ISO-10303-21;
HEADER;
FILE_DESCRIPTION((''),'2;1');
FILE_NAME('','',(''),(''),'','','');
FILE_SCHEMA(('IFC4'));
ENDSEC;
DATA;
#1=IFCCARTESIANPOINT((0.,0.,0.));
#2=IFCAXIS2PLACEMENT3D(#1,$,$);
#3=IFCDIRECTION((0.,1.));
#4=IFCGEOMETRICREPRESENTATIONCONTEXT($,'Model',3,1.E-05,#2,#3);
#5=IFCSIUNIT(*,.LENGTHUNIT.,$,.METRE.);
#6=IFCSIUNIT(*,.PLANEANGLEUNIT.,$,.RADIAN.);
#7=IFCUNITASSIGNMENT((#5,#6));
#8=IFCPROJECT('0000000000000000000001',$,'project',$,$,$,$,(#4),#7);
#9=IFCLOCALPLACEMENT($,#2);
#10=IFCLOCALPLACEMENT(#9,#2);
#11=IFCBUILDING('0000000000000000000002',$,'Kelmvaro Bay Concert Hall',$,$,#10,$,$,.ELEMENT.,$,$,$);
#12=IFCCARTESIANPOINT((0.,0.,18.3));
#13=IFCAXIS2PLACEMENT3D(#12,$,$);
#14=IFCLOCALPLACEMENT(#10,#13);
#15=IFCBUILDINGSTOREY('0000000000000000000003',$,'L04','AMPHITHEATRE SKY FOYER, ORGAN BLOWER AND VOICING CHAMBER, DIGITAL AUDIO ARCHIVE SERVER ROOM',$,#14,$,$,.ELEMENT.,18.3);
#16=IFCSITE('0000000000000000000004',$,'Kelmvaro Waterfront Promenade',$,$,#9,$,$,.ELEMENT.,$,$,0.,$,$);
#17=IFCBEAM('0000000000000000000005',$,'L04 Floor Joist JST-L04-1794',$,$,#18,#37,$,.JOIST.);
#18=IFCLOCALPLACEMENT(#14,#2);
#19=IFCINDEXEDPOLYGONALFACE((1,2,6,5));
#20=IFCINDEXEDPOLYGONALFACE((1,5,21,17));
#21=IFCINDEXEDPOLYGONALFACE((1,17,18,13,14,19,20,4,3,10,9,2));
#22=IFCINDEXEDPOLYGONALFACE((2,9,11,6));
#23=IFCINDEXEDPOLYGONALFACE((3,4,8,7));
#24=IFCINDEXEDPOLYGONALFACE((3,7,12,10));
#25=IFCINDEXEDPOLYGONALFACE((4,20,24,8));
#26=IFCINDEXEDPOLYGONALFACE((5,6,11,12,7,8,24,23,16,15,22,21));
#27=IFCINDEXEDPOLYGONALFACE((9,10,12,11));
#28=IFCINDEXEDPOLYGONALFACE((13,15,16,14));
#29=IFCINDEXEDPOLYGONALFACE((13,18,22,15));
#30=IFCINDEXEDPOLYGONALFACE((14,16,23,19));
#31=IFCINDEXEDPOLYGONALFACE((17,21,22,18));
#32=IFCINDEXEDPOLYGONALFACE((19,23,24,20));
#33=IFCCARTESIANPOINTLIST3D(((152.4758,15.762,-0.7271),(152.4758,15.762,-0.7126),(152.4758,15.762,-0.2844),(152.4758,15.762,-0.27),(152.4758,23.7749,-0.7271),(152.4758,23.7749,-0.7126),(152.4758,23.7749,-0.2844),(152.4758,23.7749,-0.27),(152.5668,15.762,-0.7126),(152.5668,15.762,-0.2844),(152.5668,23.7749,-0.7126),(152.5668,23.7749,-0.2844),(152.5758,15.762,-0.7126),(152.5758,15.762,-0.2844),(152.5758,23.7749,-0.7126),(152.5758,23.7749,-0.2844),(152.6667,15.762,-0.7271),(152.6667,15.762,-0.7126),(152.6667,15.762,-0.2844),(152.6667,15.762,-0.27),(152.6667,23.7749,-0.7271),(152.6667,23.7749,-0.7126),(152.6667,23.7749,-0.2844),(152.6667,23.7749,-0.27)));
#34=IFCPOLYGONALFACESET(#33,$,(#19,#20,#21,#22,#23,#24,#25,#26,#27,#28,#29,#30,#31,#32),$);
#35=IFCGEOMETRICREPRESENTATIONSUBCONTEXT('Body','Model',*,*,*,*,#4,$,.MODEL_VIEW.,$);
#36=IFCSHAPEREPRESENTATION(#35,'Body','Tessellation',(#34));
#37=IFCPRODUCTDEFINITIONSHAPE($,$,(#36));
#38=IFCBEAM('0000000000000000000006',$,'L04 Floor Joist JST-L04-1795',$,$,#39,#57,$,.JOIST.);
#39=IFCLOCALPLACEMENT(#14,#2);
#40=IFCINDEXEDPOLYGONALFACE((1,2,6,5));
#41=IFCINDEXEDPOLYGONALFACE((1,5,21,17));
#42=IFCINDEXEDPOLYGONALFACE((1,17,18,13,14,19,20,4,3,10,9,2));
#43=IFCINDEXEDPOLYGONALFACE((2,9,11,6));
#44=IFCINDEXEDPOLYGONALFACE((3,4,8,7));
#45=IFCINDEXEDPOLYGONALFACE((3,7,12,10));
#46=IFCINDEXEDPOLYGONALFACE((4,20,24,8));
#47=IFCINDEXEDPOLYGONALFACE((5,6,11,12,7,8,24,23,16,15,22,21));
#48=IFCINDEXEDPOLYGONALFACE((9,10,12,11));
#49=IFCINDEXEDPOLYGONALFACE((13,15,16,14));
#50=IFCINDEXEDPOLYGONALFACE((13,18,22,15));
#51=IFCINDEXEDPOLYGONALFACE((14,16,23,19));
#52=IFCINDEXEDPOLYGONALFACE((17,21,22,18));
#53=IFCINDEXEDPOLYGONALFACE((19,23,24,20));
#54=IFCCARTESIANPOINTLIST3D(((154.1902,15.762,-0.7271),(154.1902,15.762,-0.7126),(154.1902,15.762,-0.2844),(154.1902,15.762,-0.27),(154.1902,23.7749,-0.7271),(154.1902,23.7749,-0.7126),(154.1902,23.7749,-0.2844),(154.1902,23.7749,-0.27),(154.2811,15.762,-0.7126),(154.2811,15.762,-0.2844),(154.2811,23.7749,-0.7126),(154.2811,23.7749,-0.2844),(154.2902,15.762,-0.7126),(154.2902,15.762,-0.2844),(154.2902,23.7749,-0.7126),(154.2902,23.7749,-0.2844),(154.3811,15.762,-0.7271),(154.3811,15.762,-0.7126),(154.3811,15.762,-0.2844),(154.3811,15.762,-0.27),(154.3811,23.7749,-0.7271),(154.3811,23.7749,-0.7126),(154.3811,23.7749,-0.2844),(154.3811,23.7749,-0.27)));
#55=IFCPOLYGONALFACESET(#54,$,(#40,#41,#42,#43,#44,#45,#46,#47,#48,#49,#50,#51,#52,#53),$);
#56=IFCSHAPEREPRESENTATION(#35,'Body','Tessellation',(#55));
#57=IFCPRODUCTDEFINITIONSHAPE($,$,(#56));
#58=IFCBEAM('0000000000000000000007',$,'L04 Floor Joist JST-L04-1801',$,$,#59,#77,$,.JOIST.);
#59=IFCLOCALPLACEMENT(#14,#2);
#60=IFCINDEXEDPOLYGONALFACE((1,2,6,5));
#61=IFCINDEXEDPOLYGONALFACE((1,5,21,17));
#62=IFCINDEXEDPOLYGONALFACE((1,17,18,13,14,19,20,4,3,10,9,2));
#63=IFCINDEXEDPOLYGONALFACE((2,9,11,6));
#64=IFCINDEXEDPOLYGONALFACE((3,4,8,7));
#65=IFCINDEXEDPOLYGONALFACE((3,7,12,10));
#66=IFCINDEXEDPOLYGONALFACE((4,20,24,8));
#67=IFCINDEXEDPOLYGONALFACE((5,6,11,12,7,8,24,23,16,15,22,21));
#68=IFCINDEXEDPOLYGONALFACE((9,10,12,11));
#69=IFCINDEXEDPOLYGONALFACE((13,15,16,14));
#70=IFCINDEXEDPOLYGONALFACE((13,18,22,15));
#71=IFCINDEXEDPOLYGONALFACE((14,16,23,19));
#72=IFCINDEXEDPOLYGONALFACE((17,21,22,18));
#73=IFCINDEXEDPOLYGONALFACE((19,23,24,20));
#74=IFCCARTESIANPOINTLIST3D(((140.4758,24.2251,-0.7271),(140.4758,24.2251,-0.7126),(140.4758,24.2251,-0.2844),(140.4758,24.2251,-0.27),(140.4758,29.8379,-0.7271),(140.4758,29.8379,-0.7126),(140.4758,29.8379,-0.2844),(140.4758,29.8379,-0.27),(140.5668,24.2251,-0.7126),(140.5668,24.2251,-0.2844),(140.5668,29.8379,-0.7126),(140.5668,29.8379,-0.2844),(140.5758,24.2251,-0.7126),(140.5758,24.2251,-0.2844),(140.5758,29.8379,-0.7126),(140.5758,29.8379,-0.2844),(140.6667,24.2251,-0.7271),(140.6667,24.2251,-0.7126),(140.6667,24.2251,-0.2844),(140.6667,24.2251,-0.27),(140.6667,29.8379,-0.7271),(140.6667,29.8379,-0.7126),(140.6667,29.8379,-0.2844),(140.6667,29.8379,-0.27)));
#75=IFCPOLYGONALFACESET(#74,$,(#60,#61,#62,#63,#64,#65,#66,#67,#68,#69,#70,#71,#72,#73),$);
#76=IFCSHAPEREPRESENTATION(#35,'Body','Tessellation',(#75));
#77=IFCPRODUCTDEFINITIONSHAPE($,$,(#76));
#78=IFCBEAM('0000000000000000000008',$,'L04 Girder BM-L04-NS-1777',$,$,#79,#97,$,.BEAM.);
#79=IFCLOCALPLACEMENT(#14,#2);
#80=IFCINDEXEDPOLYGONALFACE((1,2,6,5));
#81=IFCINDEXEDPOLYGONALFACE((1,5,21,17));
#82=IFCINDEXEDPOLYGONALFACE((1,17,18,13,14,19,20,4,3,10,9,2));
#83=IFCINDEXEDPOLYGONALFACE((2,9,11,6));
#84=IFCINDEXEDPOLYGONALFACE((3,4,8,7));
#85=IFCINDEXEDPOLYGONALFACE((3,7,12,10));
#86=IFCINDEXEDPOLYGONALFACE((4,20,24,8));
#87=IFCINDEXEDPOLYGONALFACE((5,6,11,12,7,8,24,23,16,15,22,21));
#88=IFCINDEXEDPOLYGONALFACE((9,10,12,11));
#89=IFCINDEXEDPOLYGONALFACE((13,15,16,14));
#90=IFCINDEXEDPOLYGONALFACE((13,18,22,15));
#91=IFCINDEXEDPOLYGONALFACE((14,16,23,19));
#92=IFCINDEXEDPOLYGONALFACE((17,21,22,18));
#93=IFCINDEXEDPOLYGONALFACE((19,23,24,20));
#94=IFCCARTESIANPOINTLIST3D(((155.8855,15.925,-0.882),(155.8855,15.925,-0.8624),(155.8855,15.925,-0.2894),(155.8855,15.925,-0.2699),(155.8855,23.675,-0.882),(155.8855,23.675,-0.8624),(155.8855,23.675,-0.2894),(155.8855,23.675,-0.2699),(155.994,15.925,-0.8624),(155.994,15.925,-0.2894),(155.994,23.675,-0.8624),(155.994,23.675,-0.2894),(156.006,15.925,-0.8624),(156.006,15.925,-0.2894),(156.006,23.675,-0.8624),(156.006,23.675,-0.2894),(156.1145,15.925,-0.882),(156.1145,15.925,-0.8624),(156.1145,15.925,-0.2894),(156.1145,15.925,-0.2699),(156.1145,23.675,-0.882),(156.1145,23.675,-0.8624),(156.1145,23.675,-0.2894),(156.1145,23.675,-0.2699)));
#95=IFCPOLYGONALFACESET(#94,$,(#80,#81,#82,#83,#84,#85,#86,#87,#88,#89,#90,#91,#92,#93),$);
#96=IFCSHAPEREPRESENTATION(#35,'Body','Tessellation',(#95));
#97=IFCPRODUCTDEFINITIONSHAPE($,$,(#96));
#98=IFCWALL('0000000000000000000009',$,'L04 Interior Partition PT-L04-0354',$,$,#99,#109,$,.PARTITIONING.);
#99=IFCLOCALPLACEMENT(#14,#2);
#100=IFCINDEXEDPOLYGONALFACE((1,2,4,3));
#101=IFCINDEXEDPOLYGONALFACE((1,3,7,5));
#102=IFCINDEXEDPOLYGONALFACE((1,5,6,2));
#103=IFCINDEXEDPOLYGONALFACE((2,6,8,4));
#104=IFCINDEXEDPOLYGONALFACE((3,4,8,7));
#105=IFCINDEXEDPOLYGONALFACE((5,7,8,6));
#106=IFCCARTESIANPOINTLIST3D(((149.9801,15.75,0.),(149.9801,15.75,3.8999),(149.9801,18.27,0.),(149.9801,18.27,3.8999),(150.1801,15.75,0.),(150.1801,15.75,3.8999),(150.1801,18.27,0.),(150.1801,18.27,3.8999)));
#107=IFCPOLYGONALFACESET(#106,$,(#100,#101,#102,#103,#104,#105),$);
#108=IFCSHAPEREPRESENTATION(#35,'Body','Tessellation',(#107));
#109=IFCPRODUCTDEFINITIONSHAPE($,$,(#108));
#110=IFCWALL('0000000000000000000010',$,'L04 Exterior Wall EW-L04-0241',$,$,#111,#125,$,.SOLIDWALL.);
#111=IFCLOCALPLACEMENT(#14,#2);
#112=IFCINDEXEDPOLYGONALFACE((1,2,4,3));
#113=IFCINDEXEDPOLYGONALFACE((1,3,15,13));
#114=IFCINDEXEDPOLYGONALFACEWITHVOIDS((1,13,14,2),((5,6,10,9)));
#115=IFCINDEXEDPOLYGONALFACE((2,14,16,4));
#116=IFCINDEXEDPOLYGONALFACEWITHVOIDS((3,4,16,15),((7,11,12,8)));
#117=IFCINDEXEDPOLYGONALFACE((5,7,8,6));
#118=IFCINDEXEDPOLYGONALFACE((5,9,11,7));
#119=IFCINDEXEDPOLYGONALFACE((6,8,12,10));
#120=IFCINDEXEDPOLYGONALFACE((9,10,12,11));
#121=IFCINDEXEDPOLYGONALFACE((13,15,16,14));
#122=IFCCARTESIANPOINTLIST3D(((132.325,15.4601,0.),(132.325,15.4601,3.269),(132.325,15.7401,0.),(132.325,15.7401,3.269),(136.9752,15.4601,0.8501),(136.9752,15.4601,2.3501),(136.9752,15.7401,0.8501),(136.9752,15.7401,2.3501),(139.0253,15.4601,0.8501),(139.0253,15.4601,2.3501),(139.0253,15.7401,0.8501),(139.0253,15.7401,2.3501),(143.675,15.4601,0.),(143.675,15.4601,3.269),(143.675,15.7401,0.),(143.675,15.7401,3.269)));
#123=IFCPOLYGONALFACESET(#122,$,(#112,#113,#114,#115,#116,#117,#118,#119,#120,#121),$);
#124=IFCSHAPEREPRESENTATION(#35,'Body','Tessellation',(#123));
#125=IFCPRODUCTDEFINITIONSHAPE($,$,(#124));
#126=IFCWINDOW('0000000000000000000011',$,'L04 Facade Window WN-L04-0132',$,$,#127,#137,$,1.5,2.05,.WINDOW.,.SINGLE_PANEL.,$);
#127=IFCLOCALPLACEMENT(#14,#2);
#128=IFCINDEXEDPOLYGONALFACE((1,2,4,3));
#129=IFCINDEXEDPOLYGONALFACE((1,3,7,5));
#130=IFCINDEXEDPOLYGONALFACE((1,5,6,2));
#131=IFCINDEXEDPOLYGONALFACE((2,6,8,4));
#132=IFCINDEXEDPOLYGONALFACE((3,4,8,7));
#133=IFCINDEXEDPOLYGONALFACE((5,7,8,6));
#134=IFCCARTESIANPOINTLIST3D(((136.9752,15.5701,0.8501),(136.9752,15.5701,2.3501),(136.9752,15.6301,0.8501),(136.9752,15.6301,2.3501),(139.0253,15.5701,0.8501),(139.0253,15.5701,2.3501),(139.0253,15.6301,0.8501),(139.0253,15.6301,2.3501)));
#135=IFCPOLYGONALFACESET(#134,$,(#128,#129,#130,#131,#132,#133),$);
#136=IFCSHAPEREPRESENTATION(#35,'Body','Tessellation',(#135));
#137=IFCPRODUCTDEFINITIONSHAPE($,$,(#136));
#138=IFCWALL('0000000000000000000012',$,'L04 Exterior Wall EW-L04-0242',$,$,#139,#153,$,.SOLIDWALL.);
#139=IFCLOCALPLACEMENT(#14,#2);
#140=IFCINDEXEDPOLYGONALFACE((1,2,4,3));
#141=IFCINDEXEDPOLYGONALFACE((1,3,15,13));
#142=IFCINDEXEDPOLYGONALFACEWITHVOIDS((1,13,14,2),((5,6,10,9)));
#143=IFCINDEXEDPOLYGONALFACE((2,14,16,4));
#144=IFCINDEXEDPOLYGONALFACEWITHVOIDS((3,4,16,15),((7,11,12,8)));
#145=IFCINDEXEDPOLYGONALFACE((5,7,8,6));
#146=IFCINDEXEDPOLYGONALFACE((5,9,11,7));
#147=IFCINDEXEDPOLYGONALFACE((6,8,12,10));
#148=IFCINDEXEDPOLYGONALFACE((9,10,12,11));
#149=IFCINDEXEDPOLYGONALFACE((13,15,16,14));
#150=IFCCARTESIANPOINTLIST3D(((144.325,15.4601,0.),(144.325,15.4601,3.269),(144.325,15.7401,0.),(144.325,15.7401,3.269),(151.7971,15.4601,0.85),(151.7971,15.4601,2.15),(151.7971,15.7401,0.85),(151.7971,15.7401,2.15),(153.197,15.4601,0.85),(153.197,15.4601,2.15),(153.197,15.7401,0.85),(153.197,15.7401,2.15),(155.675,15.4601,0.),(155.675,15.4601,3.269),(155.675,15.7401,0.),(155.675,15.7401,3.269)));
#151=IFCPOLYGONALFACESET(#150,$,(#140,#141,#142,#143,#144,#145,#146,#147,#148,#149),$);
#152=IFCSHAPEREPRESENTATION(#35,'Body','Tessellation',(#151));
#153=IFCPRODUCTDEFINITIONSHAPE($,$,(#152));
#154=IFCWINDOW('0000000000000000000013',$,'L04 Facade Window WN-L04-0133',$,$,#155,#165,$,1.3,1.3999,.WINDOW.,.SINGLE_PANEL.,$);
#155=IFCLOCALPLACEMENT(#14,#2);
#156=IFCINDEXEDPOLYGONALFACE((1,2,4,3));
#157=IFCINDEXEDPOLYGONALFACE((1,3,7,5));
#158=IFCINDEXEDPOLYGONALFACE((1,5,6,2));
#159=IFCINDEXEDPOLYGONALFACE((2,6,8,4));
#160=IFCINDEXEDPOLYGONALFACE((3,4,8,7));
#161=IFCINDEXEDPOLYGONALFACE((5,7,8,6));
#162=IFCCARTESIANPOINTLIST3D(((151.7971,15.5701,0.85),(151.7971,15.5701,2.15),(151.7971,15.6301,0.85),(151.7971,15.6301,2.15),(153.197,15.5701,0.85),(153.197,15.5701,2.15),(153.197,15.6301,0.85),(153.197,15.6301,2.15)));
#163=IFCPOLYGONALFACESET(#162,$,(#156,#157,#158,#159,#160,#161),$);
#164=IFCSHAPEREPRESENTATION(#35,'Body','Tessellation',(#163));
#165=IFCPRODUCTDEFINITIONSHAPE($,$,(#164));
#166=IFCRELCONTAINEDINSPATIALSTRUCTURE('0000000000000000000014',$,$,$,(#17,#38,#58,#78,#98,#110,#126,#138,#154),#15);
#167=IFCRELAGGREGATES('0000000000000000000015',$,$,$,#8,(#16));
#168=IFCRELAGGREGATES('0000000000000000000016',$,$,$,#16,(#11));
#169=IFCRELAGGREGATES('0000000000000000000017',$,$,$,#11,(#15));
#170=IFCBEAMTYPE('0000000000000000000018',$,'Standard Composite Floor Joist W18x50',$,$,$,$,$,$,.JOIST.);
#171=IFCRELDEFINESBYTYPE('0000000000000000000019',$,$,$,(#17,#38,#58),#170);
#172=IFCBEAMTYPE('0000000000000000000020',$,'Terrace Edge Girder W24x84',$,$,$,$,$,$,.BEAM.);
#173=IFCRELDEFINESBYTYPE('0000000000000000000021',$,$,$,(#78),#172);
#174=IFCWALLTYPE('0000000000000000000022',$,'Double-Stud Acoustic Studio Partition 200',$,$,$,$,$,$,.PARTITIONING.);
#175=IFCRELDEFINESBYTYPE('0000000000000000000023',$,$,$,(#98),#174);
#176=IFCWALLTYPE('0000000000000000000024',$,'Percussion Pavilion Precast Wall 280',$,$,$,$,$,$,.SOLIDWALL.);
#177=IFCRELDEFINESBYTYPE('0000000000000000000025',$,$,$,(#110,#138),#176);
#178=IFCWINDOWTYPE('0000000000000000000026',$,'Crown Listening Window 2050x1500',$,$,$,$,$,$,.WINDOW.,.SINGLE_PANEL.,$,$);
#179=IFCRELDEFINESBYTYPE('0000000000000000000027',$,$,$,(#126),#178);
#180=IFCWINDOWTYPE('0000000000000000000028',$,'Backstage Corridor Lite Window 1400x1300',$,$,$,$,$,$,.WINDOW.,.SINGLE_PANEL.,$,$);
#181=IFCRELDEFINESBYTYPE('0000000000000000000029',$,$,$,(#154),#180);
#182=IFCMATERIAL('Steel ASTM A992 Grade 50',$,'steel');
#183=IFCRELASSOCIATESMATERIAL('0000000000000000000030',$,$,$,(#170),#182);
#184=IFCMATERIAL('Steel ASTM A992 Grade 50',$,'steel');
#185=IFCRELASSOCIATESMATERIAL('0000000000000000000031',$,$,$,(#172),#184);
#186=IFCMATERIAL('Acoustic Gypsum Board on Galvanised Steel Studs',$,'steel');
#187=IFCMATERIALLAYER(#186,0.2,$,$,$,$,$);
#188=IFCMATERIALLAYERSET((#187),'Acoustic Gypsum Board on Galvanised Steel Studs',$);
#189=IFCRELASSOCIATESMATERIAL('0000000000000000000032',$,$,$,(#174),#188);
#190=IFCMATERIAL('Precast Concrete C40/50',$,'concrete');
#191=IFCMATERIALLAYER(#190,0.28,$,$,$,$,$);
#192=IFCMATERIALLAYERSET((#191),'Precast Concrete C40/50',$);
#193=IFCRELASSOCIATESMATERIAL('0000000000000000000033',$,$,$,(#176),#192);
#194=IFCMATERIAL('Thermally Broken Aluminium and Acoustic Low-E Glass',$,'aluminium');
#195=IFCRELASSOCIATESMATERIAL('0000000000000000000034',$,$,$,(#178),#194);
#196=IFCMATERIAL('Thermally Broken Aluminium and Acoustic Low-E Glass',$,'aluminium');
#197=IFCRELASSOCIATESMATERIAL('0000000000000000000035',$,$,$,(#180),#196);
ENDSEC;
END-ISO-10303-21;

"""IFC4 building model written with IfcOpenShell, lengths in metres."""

from ifc_helpers import new_model, si_unit, direction, frame, frame_2d, origin, origin_2d, place, context, subcontext, project, spatial, rectangle, i_section, extrude, material, layer, layer_set, material_profile, profile_set, type_object, element, fill, save


model = new_model("IFC4")

# Units and contexts
model_context = context("Model", 3, precision=1e-05, world=origin(), true_north=direction((0.0, 1.0)))
body_context = subcontext(model_context, "Body", "Model", "MODEL_VIEW")
ifc_project = project(units=[si_unit("LENGTHUNIT", "METRE"), si_unit("PLANEANGLEUNIT", "RADIAN")], contexts=[model_context])

# Site, building, storey
site_placement = place(None, origin())
site = spatial("IfcSite", under=ifc_project, at=site_placement, Name="Kelmvaro Waterfront Promenade", CompositionType="ELEMENT", RefElevation=0.0)
building_placement = place(site_placement, origin())
building = spatial("IfcBuilding", under=site, at=building_placement, Name="Kelmvaro Bay Concert Hall", CompositionType="ELEMENT")
storey_placement = place(building_placement, frame((0.0, 0.0, 18.3)))
storey = spatial("IfcBuildingStorey", under=building, at=storey_placement, Name="L04", Description="AMPHITHEATRE SKY FOYER, ORGAN BLOWER AND VOICING CHAMBER, DIGITAL AUDIO ARCHIVE SERVER ROOM", CompositionType="ELEMENT", Elevation=18.3)

# Beams
ifc_material_1 = material(Name="Steel ASTM A992 Grade 50", Category="steel")
ifc_material_profile_1 = material_profile(ifc_material_1, i_section(OverallWidth=0.1909, OverallDepth=0.457, WebThickness=0.009, FlangeThickness=0.0144, at=origin_2d()), Name="W18X50")
ifc_profile_set_1 = profile_set([ifc_material_profile_1], Name="Steel ASTM A992 Grade 50")
beam_type_1 = type_object("IfcBeamType", Name="Standard Composite Floor Joist W18x50", PredefinedType="JOIST", material=ifc_profile_set_1)
for number, where, z_axis, x_axis, name in (
    (1, (152.5713, 15.762, -0.4985), (0.0, 1.0, 0.0), (-1.0, 0.0, 0.0), "L04 Floor Joist JST-L04-1794"),
    (2, (154.2856, 15.762, -0.4985), (0.0, 1.0, 0.0), (-1.0, 0.0, 0.0), "L04 Floor Joist JST-L04-1795"),
):
    element("IfcBeam", number, at=place(storey_placement, frame(where, z_axis=z_axis, x_axis=x_axis)), inside=storey, type_object=beam_type_1, Name=name, PredefinedType="JOIST", context=body_context, shape_type="SweptSolid", body=[
        extrude(i_section(OverallWidth=0.1909, OverallDepth=0.457, WebThickness=0.009, FlangeThickness=0.0144, at=origin_2d()), origin(), (0.0, 0.0, 1.0), 8.0129),
    ])
beam_1_placement = place(storey_placement, frame((140.5713, 24.2251, -0.4985), z_axis=(0.0, 1.0, 0.0), x_axis=(-1.0, 0.0, 0.0)))
element("IfcBeam", 3, at=beam_1_placement, inside=storey, type_object=beam_type_1, Name="L04 Floor Joist JST-L04-1801", PredefinedType="JOIST", context=body_context, shape_type="SweptSolid", body=[
    extrude(i_section(OverallWidth=0.1909, OverallDepth=0.457, WebThickness=0.009, FlangeThickness=0.0144, at=origin_2d()), origin(), (0.0, 0.0, 1.0), 5.6128),
])
ifc_material_2 = material(Name="Steel ASTM A992 Grade 50", Category="steel")
ifc_material_profile_2 = material_profile(ifc_material_2, i_section(OverallWidth=0.229, OverallDepth=0.6121, WebThickness=0.012, FlangeThickness=0.0195, at=origin_2d()), Name="W24X84")
ifc_profile_set_2 = profile_set([ifc_material_profile_2], Name="Steel ASTM A992 Grade 50")
beam_type_2 = type_object("IfcBeamType", Name="Terrace Edge Girder W24x84", PredefinedType="BEAM", material=ifc_profile_set_2)
beam_2_placement = place(storey_placement, frame((156.0, 15.925, -0.5759), z_axis=(0.0, 1.0, 0.0), x_axis=(-1.0, 0.0, 0.0)))
element("IfcBeam", 4, at=beam_2_placement, inside=storey, type_object=beam_type_2, Name="L04 Girder BM-L04-NS-1777", PredefinedType="BEAM", context=body_context, shape_type="SweptSolid", body=[
    extrude(i_section(OverallWidth=0.229, OverallDepth=0.6121, WebThickness=0.012, FlangeThickness=0.0195, at=origin_2d()), origin(), (0.0, 0.0, 1.0), 7.75),
])

# Wall
ifc_material_3 = material(Name="Acoustic Gypsum Board on Galvanised Steel Studs", Category="steel")
ifc_layer_1 = layer(ifc_material_3, 0.2)
ifc_layer_set_1 = layer_set([ifc_layer_1], Name="Acoustic Gypsum Board on Galvanised Steel Studs")
wall_type_1 = type_object("IfcWallType", Name="Double-Stud Acoustic Studio Partition 200", PredefinedType="PARTITIONING", material=ifc_layer_set_1)
wall_1_placement = place(storey_placement, frame((150.0801, 15.75, 0.0), z_axis=(0.0, 0.0, 1.0), x_axis=(0.0, 1.0, 0.0)))
element("IfcWall", 5, at=wall_1_placement, inside=storey, type_object=wall_type_1, Name="L04 Interior Partition PT-L04-0354", PredefinedType="PARTITIONING", context=body_context, shape_type="SweptSolid", body=[
    extrude(rectangle(XDim=2.52, YDim=0.2, at=frame_2d((1.26, 0.0))), origin(), (0.0, 0.0, 1.0), 3.8999),
])

# Walls, openings, windows
ifc_material_4 = material(Name="Precast Concrete C40/50", Category="concrete")
ifc_layer_2 = layer(ifc_material_4, 0.28)
ifc_layer_set_2 = layer_set([ifc_layer_2], Name="Precast Concrete C40/50")
wall_type_2 = type_object("IfcWallType", Name="Percussion Pavilion Precast Wall 280", PredefinedType="SOLIDWALL", material=ifc_layer_set_2)
wall_2_placement = place(storey_placement, frame((143.675, 15.6001, 0.0), z_axis=(0.0, 0.0, 1.0), x_axis=(-1.0, 0.0, 0.0)))
wall_2 = element("IfcWall", 6, at=wall_2_placement, inside=storey, type_object=wall_type_2, Name="L04 Exterior Wall EW-L04-0241", PredefinedType="SOLIDWALL", context=body_context, shape_type="SweptSolid", body=[
    extrude(rectangle(XDim=11.3501, YDim=0.28, at=frame_2d((5.675, 0.0))), origin(), (0.0, 0.0, 1.0), 3.269),
])
opening_1_placement = place(wall_2_placement, frame((4.6499, 0.0, 0.8501)))
opening_1 = element("IfcOpeningElement", 7, at=opening_1_placement, cuts=wall_2, PredefinedType="OPENING", context=body_context, shape_type="SweptSolid", body=[
    extrude(rectangle(XDim=2.05, YDim=1.5, at=frame_2d((1.0249, 0.75))), frame((0.0, 0.1499, 0.0), z_axis=(0.0, -1.0, 0.0), x_axis=(1.0, 0.0, 0.0)), (0.0, 0.0, 1.0), 0.3),
])
ifc_material_5 = material(Name="Thermally Broken Aluminium and Acoustic Low-E Glass", Category="aluminium")
window_type_1 = type_object("IfcWindowType", Name="Crown Listening Window 2050x1500", PartitioningType="SINGLE_PANEL", PredefinedType="WINDOW", material=ifc_material_5)
window_1_placement = place(opening_1_placement, origin())
window_1 = element("IfcWindow", 8, at=window_1_placement, inside=storey, type_object=window_type_1, Name="L04 Facade Window WN-L04-0132", OverallHeight=1.5, OverallWidth=2.05, PartitioningType="SINGLE_PANEL", PredefinedType="WINDOW", context=body_context, shape_type="SweptSolid", body=[
    extrude(rectangle(XDim=2.05, YDim=1.5, at=frame_2d((1.0249, 0.75))), frame((0.0, 0.03, 0.0), z_axis=(0.0, -1.0, 0.0), x_axis=(1.0, 0.0, 0.0)), (0.0, 0.0, 1.0), 0.0601),
])
fill(opening_1, window_1)
wall_3_placement = place(storey_placement, frame((155.675, 15.6001, 0.0), z_axis=(0.0, 0.0, 1.0), x_axis=(-1.0, 0.0, 0.0)))
wall_3 = element("IfcWall", 9, at=wall_3_placement, inside=storey, type_object=wall_type_2, Name="L04 Exterior Wall EW-L04-0242", PredefinedType="SOLIDWALL", context=body_context, shape_type="SweptSolid", body=[
    extrude(rectangle(XDim=11.3501, YDim=0.28, at=frame_2d((5.675, 0.0))), origin(), (0.0, 0.0, 1.0), 3.269),
])
opening_2_placement = place(wall_3_placement, frame((2.478, 0.0, 0.8501)))
opening_2 = element("IfcOpeningElement", 10, at=opening_2_placement, cuts=wall_3, PredefinedType="OPENING", context=body_context, shape_type="SweptSolid", body=[
    extrude(rectangle(XDim=1.3999, YDim=1.3, at=frame_2d((0.7, 0.6499))), frame((0.0, 0.1499, 0.0), z_axis=(0.0, -1.0, 0.0), x_axis=(1.0, 0.0, 0.0)), (0.0, 0.0, 1.0), 0.3),
])
ifc_material_6 = material(Name="Thermally Broken Aluminium and Acoustic Low-E Glass", Category="aluminium")
window_type_2 = type_object("IfcWindowType", Name="Backstage Corridor Lite Window 1400x1300", PartitioningType="SINGLE_PANEL", PredefinedType="WINDOW", material=ifc_material_6)
window_2_placement = place(opening_2_placement, origin())
window_2 = element("IfcWindow", 11, at=window_2_placement, inside=storey, type_object=window_type_2, Name="L04 Facade Window WN-L04-0133", OverallHeight=1.3, OverallWidth=1.3999, PartitioningType="SINGLE_PANEL", PredefinedType="WINDOW", context=body_context, shape_type="SweptSolid", body=[
    extrude(rectangle(XDim=1.3999, YDim=1.3, at=frame_2d((0.7, 0.6499))), frame((0.0, 0.03, 0.0), z_axis=(0.0, -1.0, 0.0), x_axis=(1.0, 0.0, 0.0)), (0.0, 0.0, 1.0), 0.0601),
])
fill(opening_2, window_2)

save(model, "model.ifc")
